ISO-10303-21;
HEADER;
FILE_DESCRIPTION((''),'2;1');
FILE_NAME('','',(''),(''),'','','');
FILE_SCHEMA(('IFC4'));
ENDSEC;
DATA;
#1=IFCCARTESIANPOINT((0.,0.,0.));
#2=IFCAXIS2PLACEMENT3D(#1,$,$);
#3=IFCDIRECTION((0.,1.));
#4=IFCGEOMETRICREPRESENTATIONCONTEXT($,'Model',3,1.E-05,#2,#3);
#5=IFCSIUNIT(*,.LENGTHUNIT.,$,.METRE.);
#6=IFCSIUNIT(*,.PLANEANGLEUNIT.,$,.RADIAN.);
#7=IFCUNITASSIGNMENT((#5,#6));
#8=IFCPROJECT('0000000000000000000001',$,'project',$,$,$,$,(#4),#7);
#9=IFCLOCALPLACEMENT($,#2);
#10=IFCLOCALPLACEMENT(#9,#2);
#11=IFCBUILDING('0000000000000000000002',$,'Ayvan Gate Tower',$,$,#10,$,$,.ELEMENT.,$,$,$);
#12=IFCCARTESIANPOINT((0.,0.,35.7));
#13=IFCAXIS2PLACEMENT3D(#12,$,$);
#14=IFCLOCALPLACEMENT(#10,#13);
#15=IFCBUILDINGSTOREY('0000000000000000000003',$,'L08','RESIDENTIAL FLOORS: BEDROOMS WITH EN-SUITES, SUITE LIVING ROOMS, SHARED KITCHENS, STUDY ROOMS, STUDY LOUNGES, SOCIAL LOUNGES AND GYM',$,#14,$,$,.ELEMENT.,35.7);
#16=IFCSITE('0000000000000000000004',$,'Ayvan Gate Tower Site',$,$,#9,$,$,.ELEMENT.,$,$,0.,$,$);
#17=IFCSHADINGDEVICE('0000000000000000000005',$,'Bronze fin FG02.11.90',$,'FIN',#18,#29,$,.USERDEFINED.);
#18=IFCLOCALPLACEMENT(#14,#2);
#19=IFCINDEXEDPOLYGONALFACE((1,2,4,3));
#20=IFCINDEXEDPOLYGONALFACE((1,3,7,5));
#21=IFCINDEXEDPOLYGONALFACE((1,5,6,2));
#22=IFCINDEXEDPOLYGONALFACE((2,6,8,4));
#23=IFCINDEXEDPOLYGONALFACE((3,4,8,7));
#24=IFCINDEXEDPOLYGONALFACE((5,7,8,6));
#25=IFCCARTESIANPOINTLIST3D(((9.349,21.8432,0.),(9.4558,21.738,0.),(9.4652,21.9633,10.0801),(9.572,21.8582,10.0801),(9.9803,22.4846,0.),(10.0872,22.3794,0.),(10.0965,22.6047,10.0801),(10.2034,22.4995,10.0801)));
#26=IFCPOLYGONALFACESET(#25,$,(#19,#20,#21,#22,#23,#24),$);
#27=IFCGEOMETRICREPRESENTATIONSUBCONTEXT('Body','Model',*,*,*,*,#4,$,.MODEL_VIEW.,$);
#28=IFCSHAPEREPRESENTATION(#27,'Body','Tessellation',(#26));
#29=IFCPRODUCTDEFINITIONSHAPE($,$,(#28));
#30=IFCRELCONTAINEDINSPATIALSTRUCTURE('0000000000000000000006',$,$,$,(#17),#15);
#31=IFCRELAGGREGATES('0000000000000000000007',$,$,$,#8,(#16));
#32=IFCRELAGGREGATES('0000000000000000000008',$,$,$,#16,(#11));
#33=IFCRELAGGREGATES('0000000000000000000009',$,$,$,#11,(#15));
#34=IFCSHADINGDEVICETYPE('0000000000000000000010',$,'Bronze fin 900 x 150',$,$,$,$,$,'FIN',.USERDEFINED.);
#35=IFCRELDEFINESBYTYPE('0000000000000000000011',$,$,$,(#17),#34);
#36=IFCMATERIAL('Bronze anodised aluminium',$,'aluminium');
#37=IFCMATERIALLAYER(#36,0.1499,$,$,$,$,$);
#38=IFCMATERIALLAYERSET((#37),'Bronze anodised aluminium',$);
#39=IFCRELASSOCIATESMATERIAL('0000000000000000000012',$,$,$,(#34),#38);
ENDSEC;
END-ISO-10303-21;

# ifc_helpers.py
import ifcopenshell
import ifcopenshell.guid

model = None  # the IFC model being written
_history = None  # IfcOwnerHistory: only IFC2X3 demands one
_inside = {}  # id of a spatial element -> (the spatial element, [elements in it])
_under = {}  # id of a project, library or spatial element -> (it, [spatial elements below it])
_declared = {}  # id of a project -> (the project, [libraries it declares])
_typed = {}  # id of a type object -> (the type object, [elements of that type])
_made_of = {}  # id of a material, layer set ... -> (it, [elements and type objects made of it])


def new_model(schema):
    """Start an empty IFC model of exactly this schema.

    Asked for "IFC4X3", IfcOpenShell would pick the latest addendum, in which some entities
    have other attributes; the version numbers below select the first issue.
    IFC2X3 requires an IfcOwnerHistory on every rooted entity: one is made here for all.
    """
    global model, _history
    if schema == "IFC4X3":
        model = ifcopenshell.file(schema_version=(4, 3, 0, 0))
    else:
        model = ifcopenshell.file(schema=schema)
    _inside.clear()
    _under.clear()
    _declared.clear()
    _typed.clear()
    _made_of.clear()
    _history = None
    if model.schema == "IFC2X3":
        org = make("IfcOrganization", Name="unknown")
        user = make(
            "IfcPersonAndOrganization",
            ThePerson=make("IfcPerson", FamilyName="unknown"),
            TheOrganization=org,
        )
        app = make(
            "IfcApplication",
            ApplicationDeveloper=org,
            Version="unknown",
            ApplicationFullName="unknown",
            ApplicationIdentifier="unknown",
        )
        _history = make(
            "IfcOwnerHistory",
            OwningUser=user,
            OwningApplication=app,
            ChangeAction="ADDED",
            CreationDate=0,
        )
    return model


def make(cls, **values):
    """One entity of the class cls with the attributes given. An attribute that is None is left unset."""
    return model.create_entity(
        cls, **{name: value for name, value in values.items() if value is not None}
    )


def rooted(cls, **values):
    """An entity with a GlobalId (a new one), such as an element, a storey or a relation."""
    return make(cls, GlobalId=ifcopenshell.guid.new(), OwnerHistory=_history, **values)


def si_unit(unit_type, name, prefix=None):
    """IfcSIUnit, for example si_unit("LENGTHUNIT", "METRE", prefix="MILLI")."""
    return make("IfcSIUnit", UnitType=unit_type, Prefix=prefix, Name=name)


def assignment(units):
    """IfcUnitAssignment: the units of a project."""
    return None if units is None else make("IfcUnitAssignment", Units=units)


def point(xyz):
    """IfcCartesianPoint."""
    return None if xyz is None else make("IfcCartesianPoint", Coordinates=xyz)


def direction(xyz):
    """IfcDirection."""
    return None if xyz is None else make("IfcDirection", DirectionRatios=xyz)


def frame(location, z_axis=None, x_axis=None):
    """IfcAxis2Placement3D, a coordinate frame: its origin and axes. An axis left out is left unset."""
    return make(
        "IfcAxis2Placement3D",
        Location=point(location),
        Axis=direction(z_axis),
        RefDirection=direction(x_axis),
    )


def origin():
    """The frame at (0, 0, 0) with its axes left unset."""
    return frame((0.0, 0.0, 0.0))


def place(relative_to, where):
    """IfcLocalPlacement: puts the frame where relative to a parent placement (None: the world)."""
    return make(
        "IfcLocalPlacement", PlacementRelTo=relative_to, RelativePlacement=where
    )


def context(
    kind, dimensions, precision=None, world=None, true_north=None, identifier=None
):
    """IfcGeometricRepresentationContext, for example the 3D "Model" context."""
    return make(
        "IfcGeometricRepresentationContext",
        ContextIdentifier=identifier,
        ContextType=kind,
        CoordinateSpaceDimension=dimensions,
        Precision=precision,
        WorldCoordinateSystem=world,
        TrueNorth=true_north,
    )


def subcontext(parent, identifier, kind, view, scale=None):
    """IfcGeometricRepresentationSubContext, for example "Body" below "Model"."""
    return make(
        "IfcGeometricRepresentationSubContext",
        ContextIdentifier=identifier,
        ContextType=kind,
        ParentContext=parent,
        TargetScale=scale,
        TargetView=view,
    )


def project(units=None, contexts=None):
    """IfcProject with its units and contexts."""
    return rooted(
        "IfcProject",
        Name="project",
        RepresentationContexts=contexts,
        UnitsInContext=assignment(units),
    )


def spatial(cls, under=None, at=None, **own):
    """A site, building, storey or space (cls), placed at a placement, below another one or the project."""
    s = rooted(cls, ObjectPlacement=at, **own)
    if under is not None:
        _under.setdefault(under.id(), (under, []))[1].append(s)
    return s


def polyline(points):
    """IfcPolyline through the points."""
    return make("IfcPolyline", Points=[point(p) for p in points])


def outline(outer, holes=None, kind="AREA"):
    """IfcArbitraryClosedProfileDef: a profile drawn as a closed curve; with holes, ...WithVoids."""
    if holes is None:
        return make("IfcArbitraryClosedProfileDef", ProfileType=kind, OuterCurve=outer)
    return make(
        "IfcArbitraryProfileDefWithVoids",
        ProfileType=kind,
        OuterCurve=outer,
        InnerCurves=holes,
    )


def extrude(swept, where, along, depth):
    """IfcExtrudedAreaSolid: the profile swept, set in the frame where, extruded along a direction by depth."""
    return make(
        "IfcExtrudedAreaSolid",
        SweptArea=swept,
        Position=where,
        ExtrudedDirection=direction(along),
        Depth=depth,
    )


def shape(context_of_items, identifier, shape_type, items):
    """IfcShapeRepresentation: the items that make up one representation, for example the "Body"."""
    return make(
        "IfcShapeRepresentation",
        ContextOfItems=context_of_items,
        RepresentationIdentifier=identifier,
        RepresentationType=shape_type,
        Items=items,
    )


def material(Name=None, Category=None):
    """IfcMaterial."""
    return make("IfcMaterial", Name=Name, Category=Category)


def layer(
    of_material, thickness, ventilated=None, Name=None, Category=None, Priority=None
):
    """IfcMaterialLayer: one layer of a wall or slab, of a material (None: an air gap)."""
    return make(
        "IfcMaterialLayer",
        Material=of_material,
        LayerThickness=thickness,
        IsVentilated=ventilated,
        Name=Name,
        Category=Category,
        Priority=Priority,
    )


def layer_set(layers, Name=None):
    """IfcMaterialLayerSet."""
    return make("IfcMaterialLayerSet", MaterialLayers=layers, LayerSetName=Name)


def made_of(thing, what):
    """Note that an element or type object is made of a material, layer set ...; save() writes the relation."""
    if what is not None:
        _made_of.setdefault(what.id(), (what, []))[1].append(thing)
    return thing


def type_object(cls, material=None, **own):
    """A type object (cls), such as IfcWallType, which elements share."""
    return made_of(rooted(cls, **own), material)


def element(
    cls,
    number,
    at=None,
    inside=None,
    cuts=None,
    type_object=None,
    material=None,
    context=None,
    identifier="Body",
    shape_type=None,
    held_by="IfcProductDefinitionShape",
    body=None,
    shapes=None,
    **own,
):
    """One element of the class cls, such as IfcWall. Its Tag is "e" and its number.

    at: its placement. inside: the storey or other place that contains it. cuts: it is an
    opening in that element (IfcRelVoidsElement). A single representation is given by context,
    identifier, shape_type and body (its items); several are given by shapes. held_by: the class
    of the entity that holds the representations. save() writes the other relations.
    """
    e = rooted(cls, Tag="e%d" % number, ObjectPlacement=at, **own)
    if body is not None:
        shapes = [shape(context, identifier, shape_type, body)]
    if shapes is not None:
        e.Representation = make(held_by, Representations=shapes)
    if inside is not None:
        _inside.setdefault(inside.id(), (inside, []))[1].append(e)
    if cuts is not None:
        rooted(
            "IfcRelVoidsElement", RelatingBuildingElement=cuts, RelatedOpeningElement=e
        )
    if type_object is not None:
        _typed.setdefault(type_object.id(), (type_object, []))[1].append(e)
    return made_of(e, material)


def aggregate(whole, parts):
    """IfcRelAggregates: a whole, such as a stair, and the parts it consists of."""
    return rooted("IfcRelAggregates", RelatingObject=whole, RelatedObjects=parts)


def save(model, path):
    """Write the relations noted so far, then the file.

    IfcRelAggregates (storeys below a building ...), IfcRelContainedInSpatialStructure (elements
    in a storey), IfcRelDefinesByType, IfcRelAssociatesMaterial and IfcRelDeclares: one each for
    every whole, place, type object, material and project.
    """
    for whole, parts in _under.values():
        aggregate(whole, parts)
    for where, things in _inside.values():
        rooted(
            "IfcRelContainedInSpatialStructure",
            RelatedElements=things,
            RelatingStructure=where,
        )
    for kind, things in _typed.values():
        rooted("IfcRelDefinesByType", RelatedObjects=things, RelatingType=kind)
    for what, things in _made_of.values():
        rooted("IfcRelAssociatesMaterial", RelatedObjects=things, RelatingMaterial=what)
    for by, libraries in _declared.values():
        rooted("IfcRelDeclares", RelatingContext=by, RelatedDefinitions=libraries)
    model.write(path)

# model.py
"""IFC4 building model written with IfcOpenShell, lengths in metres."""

from ifc_helpers import new_model, si_unit, direction, frame, origin, place, context, subcontext, project, spatial, polyline, outline, extrude, material, layer, layer_set, type_object, element, save


model = new_model("IFC4")

# Units and contexts
model_context = context("Model", 3, precision=1e-05, world=origin(), true_north=direction((0.0, 1.0)))
body_context = subcontext(model_context, "Body", "Model", "MODEL_VIEW")
ifc_project = project(units=[si_unit("LENGTHUNIT", "METRE"), si_unit("PLANEANGLEUNIT", "RADIAN")], contexts=[model_context])

# Site, building, storey
site_placement = place(None, origin())
site = spatial("IfcSite", under=ifc_project, at=site_placement, Name="Ayvan Gate Tower Site", CompositionType="ELEMENT", RefElevation=0.0)
building_placement = place(site_placement, origin())
building = spatial("IfcBuilding", under=site, at=building_placement, Name="Ayvan Gate Tower", CompositionType="ELEMENT")
storey_placement = place(building_placement, frame((0.0, 0.0, 35.7)))
storey = spatial("IfcBuildingStorey", under=building, at=storey_placement, Name="L08", Description="RESIDENTIAL FLOORS: BEDROOMS WITH EN-SUITES, SUITE LIVING ROOMS, SHARED KITCHENS, STUDY ROOMS, STUDY LOUNGES, SOCIAL LOUNGES AND GYM", CompositionType="ELEMENT", Elevation=35.7)

# Shared definitions
ifc_material_1 = material(Name="Bronze anodised aluminium", Category="aluminium")

# Shading device
ifc_layer_1 = layer(ifc_material_1, 0.1499)
ifc_layer_set_1 = layer_set([ifc_layer_1], Name="Bronze anodised aluminium")
shading_device_type = type_object("IfcShadingDeviceType", Name="Bronze fin 900 x 150", ElementType="FIN", PredefinedType="USERDEFINED", material=ifc_layer_set_1)
shading_device_1_placement = place(storey_placement, frame((9.4558, 21.738, 0.0), z_axis=(0.712646, -0.701524, 0.000144), x_axis=(0.701524, 0.712646, 0.0)))
element("IfcShadingDevice", 1, at=shading_device_1_placement, inside=storey, type_object=shading_device_type, Name="Bronze fin FG02.11.90", ObjectType="FIN", PredefinedType="USERDEFINED", context=body_context, shape_type="SweptSolid", body=[
    extrude(outline(polyline([(0.0, 0.0), (0.9, 0.0), (1.0671, 10.0801), (0.1671, 10.0801), (0.0, 0.0)])), origin(), (0.0, 0.0, -1.0), 0.1499),
])

save(model, "model.ifc")
